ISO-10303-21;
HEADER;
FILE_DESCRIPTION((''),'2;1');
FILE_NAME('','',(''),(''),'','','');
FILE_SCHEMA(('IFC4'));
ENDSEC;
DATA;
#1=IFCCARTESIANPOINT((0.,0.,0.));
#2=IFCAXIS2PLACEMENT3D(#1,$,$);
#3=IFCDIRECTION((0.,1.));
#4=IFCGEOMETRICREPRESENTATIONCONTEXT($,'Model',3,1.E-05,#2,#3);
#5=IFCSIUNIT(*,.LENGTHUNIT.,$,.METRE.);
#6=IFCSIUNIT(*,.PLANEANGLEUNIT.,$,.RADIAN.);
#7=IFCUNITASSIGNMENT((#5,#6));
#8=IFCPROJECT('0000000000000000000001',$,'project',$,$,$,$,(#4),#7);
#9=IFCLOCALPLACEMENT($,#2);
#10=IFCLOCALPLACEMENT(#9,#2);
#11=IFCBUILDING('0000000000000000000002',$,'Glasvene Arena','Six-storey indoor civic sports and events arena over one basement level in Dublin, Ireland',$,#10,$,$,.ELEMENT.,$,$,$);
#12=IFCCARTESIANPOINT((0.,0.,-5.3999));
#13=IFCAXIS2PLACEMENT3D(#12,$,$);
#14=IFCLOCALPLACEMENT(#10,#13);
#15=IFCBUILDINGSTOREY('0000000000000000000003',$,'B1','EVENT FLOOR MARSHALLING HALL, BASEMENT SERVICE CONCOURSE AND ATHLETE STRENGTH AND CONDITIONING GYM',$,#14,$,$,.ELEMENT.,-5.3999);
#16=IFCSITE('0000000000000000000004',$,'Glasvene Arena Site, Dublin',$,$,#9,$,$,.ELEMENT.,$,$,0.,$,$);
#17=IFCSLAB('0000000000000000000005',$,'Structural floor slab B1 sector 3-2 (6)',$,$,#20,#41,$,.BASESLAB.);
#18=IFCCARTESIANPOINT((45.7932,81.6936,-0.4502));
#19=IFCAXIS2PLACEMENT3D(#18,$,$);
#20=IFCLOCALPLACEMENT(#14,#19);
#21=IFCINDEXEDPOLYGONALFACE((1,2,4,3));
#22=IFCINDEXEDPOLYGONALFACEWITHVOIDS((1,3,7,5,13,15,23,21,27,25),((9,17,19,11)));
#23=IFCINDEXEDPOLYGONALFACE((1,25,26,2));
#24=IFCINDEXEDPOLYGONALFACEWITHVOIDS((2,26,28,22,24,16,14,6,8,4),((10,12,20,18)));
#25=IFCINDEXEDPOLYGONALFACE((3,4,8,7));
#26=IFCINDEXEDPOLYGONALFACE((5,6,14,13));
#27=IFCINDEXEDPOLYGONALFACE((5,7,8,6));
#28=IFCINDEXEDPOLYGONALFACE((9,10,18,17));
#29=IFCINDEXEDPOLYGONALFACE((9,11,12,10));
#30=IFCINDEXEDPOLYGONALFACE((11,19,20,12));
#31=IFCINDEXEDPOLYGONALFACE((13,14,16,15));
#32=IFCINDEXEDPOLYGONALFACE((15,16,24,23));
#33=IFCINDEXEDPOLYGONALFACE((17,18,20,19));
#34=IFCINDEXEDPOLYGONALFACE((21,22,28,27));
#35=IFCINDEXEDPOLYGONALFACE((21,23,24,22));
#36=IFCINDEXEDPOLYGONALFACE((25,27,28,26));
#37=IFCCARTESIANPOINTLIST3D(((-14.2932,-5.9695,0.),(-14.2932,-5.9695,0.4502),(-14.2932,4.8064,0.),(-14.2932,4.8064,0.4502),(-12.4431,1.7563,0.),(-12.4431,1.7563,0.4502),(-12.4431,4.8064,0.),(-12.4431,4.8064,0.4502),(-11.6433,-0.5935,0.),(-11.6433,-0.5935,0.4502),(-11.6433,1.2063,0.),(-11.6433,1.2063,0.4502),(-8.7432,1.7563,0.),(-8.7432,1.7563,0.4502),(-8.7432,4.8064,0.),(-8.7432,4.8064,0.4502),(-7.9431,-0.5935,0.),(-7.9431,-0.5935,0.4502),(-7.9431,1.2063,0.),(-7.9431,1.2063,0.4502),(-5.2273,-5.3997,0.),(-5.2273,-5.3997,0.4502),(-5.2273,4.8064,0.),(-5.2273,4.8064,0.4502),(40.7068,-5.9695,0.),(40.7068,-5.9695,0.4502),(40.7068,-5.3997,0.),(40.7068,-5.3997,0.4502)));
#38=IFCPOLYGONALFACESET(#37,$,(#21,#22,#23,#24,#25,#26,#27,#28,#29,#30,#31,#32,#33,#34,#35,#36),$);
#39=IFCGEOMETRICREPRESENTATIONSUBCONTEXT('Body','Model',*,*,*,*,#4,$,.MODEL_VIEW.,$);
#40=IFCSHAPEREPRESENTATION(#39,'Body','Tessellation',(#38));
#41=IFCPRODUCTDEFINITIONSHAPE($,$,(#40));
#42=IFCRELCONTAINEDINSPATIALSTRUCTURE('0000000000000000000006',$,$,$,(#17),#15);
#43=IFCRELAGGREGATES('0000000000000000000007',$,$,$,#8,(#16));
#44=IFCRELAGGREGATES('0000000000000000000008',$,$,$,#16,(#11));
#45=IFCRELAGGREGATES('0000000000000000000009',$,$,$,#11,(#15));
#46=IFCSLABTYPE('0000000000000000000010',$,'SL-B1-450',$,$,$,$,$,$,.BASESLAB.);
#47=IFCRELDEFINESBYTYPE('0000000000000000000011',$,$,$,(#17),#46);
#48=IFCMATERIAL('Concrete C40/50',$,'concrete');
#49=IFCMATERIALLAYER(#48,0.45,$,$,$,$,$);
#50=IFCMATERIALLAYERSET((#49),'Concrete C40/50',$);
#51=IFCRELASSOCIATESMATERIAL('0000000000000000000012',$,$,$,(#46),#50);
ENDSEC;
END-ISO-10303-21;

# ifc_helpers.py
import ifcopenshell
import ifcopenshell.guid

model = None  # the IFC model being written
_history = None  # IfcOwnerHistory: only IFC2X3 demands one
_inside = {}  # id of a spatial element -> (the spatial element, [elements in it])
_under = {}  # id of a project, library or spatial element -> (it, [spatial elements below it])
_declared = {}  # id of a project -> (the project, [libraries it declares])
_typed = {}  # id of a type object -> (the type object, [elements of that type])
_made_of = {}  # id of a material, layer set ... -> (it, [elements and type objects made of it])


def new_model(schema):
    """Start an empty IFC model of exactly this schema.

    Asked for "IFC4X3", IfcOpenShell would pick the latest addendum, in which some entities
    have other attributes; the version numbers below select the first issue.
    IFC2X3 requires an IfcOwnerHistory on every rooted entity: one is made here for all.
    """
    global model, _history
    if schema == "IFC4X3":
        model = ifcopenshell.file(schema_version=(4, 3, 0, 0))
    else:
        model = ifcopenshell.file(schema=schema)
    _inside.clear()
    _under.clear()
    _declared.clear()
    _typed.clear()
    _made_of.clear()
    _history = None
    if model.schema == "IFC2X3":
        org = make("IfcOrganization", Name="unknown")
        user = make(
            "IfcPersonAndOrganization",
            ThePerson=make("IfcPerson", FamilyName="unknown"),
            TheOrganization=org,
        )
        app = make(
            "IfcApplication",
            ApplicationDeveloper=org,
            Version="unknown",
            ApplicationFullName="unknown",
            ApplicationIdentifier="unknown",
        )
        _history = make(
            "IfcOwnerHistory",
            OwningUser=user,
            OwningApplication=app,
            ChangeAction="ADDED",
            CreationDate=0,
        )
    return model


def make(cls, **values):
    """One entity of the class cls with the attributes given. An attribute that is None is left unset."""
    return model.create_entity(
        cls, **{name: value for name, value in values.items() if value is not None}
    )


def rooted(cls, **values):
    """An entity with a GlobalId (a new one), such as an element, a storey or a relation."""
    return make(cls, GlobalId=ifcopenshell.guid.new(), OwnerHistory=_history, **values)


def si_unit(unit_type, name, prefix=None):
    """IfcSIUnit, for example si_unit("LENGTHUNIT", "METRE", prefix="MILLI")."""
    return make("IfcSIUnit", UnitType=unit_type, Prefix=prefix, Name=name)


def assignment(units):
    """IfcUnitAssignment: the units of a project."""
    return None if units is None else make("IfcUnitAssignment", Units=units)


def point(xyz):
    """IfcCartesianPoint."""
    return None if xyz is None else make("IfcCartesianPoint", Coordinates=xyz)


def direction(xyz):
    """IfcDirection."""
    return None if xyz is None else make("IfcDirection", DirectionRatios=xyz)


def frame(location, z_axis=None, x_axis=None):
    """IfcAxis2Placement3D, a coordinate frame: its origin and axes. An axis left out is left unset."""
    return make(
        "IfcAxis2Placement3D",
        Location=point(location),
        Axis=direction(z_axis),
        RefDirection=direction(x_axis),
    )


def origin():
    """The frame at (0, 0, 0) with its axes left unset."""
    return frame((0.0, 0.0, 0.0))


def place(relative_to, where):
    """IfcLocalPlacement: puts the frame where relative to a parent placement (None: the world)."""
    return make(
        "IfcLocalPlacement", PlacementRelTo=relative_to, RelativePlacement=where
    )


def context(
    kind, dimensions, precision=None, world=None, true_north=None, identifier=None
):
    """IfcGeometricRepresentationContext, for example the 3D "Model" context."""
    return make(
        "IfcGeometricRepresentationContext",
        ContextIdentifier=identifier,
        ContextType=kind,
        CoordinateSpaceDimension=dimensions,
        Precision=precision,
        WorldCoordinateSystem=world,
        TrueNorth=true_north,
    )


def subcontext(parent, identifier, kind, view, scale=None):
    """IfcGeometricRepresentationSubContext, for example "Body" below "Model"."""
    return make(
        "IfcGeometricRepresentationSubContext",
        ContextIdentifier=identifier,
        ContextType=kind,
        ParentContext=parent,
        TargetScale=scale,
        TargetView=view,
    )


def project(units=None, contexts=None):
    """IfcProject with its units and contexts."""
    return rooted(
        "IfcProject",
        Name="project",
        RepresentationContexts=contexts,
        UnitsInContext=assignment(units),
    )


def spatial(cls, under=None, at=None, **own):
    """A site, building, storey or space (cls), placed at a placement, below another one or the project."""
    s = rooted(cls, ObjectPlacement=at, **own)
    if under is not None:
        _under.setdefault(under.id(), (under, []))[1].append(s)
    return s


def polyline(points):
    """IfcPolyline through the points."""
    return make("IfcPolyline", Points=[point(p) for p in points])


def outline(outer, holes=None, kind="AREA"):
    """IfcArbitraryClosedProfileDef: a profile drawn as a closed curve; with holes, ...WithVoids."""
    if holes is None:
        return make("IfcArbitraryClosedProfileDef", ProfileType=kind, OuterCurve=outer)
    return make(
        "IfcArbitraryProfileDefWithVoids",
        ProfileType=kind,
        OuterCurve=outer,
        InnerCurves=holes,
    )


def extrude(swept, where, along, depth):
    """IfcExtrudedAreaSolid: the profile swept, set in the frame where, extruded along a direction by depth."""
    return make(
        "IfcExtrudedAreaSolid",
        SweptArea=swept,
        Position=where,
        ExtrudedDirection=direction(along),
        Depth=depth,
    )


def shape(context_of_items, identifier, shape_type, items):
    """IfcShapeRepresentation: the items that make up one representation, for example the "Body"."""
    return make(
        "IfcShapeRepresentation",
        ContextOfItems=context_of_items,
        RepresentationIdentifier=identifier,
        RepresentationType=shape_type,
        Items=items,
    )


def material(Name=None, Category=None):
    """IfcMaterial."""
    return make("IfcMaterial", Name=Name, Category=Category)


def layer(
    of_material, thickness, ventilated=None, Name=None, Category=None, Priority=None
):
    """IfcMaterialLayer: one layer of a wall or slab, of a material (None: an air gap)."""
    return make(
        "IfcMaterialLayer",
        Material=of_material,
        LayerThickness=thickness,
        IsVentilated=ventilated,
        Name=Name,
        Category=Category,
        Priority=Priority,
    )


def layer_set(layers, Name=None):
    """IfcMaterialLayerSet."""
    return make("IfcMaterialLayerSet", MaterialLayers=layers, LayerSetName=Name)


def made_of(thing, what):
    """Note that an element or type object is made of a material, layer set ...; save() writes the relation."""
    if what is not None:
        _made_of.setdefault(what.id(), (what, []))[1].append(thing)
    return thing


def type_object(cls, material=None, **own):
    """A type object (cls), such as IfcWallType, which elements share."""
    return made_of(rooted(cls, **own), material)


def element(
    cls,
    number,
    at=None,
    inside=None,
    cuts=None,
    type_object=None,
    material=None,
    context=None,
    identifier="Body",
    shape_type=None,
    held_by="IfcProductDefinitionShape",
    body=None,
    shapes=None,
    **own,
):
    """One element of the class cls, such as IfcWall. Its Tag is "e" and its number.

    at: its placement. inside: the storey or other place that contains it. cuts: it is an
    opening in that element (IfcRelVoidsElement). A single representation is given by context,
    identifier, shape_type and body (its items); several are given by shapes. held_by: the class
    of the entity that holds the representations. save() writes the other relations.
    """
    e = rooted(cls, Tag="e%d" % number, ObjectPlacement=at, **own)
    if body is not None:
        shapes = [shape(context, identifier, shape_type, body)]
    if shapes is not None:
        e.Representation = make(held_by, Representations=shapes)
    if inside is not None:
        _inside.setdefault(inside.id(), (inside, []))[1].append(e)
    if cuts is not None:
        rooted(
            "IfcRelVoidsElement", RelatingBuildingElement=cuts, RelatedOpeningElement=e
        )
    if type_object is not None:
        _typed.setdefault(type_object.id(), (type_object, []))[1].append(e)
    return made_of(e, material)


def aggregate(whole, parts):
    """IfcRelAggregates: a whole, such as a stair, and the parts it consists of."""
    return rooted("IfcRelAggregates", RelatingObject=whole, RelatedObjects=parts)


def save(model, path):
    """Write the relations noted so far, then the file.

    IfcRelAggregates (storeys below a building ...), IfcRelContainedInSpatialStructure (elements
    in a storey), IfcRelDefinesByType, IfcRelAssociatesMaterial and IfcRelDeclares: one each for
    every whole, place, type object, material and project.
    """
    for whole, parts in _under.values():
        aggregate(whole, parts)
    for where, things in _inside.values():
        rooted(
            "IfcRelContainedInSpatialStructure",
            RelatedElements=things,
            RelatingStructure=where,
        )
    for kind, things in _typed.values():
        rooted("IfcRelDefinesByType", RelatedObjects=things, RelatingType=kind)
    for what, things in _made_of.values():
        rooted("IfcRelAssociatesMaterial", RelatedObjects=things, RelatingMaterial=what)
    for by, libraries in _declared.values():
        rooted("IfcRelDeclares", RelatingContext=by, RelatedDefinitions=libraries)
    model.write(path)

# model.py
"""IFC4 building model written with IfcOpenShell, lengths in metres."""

from ifc_helpers import new_model, si_unit, direction, frame, origin, place, context, subcontext, project, spatial, polyline, outline, extrude, material, layer, layer_set, type_object, element, save


model = new_model("IFC4")

# Units and contexts
model_context = context("Model", 3, precision=1e-05, world=origin(), true_north=direction((0.0, 1.0)))
body_context = subcontext(model_context, "Body", "Model", "MODEL_VIEW")
ifc_project = project(units=[si_unit("LENGTHUNIT", "METRE"), si_unit("PLANEANGLEUNIT", "RADIAN")], contexts=[model_context])

# Site, building, storey
site_placement = place(None, origin())
site = spatial("IfcSite", under=ifc_project, at=site_placement, Name="Glasvene Arena Site, Dublin", CompositionType="ELEMENT", RefElevation=0.0)
building_placement = place(site_placement, origin())
building = spatial("IfcBuilding", under=site, at=building_placement, Name="Glasvene Arena", Description="Six-storey indoor civic sports and events arena over one basement level in Dublin, Ireland", CompositionType="ELEMENT")
storey_placement = place(building_placement, frame((0.0, 0.0, -5.3999)))
storey = spatial("IfcBuildingStorey", under=building, at=storey_placement, Name="B1", Description="EVENT FLOOR MARSHALLING HALL, BASEMENT SERVICE CONCOURSE AND ATHLETE STRENGTH AND CONDITIONING GYM", CompositionType="ELEMENT", Elevation=-5.3999)

# Shared definitions
ifc_material_1 = material(Name="Concrete C40/50", Category="concrete")

# Slab
ifc_layer = layer(ifc_material_1, 0.45)
ifc_layer_set = layer_set([ifc_layer], Name="Concrete C40/50")
slab_type = type_object("IfcSlabType", Name="SL-B1-450", PredefinedType="BASESLAB", material=ifc_layer_set)
slab_placement = place(storey_placement, frame((45.7932, 81.6936, -0.4502)))
element("IfcSlab", 1, at=slab_placement, inside=storey, type_object=slab_type, Name="Structural floor slab B1 sector 3-2 (6)", PredefinedType="BASESLAB", context=body_context, shape_type="SweptSolid", body=[
    extrude(outline(polyline([(40.7068, -5.9695), (-14.2932, -5.9695), (-14.2932, 4.8064), (-12.4431, 4.8064), (-12.4431, 1.7563), (-8.7432, 1.7563), (-8.7432, 4.8064), (-5.2273, 4.8064), (-5.2273, -5.3997), (40.7068, -5.3997), (40.7068, -5.9695)]), holes=[polyline([(-7.9431, 1.2063), (-11.6433, 1.2063), (-11.6433, -0.5935), (-7.9431, -0.5935), (-7.9431, 1.2063)])]), origin(), (0.0, 0.0, 1.0), 0.4502),
])

save(model, "model.ifc")
